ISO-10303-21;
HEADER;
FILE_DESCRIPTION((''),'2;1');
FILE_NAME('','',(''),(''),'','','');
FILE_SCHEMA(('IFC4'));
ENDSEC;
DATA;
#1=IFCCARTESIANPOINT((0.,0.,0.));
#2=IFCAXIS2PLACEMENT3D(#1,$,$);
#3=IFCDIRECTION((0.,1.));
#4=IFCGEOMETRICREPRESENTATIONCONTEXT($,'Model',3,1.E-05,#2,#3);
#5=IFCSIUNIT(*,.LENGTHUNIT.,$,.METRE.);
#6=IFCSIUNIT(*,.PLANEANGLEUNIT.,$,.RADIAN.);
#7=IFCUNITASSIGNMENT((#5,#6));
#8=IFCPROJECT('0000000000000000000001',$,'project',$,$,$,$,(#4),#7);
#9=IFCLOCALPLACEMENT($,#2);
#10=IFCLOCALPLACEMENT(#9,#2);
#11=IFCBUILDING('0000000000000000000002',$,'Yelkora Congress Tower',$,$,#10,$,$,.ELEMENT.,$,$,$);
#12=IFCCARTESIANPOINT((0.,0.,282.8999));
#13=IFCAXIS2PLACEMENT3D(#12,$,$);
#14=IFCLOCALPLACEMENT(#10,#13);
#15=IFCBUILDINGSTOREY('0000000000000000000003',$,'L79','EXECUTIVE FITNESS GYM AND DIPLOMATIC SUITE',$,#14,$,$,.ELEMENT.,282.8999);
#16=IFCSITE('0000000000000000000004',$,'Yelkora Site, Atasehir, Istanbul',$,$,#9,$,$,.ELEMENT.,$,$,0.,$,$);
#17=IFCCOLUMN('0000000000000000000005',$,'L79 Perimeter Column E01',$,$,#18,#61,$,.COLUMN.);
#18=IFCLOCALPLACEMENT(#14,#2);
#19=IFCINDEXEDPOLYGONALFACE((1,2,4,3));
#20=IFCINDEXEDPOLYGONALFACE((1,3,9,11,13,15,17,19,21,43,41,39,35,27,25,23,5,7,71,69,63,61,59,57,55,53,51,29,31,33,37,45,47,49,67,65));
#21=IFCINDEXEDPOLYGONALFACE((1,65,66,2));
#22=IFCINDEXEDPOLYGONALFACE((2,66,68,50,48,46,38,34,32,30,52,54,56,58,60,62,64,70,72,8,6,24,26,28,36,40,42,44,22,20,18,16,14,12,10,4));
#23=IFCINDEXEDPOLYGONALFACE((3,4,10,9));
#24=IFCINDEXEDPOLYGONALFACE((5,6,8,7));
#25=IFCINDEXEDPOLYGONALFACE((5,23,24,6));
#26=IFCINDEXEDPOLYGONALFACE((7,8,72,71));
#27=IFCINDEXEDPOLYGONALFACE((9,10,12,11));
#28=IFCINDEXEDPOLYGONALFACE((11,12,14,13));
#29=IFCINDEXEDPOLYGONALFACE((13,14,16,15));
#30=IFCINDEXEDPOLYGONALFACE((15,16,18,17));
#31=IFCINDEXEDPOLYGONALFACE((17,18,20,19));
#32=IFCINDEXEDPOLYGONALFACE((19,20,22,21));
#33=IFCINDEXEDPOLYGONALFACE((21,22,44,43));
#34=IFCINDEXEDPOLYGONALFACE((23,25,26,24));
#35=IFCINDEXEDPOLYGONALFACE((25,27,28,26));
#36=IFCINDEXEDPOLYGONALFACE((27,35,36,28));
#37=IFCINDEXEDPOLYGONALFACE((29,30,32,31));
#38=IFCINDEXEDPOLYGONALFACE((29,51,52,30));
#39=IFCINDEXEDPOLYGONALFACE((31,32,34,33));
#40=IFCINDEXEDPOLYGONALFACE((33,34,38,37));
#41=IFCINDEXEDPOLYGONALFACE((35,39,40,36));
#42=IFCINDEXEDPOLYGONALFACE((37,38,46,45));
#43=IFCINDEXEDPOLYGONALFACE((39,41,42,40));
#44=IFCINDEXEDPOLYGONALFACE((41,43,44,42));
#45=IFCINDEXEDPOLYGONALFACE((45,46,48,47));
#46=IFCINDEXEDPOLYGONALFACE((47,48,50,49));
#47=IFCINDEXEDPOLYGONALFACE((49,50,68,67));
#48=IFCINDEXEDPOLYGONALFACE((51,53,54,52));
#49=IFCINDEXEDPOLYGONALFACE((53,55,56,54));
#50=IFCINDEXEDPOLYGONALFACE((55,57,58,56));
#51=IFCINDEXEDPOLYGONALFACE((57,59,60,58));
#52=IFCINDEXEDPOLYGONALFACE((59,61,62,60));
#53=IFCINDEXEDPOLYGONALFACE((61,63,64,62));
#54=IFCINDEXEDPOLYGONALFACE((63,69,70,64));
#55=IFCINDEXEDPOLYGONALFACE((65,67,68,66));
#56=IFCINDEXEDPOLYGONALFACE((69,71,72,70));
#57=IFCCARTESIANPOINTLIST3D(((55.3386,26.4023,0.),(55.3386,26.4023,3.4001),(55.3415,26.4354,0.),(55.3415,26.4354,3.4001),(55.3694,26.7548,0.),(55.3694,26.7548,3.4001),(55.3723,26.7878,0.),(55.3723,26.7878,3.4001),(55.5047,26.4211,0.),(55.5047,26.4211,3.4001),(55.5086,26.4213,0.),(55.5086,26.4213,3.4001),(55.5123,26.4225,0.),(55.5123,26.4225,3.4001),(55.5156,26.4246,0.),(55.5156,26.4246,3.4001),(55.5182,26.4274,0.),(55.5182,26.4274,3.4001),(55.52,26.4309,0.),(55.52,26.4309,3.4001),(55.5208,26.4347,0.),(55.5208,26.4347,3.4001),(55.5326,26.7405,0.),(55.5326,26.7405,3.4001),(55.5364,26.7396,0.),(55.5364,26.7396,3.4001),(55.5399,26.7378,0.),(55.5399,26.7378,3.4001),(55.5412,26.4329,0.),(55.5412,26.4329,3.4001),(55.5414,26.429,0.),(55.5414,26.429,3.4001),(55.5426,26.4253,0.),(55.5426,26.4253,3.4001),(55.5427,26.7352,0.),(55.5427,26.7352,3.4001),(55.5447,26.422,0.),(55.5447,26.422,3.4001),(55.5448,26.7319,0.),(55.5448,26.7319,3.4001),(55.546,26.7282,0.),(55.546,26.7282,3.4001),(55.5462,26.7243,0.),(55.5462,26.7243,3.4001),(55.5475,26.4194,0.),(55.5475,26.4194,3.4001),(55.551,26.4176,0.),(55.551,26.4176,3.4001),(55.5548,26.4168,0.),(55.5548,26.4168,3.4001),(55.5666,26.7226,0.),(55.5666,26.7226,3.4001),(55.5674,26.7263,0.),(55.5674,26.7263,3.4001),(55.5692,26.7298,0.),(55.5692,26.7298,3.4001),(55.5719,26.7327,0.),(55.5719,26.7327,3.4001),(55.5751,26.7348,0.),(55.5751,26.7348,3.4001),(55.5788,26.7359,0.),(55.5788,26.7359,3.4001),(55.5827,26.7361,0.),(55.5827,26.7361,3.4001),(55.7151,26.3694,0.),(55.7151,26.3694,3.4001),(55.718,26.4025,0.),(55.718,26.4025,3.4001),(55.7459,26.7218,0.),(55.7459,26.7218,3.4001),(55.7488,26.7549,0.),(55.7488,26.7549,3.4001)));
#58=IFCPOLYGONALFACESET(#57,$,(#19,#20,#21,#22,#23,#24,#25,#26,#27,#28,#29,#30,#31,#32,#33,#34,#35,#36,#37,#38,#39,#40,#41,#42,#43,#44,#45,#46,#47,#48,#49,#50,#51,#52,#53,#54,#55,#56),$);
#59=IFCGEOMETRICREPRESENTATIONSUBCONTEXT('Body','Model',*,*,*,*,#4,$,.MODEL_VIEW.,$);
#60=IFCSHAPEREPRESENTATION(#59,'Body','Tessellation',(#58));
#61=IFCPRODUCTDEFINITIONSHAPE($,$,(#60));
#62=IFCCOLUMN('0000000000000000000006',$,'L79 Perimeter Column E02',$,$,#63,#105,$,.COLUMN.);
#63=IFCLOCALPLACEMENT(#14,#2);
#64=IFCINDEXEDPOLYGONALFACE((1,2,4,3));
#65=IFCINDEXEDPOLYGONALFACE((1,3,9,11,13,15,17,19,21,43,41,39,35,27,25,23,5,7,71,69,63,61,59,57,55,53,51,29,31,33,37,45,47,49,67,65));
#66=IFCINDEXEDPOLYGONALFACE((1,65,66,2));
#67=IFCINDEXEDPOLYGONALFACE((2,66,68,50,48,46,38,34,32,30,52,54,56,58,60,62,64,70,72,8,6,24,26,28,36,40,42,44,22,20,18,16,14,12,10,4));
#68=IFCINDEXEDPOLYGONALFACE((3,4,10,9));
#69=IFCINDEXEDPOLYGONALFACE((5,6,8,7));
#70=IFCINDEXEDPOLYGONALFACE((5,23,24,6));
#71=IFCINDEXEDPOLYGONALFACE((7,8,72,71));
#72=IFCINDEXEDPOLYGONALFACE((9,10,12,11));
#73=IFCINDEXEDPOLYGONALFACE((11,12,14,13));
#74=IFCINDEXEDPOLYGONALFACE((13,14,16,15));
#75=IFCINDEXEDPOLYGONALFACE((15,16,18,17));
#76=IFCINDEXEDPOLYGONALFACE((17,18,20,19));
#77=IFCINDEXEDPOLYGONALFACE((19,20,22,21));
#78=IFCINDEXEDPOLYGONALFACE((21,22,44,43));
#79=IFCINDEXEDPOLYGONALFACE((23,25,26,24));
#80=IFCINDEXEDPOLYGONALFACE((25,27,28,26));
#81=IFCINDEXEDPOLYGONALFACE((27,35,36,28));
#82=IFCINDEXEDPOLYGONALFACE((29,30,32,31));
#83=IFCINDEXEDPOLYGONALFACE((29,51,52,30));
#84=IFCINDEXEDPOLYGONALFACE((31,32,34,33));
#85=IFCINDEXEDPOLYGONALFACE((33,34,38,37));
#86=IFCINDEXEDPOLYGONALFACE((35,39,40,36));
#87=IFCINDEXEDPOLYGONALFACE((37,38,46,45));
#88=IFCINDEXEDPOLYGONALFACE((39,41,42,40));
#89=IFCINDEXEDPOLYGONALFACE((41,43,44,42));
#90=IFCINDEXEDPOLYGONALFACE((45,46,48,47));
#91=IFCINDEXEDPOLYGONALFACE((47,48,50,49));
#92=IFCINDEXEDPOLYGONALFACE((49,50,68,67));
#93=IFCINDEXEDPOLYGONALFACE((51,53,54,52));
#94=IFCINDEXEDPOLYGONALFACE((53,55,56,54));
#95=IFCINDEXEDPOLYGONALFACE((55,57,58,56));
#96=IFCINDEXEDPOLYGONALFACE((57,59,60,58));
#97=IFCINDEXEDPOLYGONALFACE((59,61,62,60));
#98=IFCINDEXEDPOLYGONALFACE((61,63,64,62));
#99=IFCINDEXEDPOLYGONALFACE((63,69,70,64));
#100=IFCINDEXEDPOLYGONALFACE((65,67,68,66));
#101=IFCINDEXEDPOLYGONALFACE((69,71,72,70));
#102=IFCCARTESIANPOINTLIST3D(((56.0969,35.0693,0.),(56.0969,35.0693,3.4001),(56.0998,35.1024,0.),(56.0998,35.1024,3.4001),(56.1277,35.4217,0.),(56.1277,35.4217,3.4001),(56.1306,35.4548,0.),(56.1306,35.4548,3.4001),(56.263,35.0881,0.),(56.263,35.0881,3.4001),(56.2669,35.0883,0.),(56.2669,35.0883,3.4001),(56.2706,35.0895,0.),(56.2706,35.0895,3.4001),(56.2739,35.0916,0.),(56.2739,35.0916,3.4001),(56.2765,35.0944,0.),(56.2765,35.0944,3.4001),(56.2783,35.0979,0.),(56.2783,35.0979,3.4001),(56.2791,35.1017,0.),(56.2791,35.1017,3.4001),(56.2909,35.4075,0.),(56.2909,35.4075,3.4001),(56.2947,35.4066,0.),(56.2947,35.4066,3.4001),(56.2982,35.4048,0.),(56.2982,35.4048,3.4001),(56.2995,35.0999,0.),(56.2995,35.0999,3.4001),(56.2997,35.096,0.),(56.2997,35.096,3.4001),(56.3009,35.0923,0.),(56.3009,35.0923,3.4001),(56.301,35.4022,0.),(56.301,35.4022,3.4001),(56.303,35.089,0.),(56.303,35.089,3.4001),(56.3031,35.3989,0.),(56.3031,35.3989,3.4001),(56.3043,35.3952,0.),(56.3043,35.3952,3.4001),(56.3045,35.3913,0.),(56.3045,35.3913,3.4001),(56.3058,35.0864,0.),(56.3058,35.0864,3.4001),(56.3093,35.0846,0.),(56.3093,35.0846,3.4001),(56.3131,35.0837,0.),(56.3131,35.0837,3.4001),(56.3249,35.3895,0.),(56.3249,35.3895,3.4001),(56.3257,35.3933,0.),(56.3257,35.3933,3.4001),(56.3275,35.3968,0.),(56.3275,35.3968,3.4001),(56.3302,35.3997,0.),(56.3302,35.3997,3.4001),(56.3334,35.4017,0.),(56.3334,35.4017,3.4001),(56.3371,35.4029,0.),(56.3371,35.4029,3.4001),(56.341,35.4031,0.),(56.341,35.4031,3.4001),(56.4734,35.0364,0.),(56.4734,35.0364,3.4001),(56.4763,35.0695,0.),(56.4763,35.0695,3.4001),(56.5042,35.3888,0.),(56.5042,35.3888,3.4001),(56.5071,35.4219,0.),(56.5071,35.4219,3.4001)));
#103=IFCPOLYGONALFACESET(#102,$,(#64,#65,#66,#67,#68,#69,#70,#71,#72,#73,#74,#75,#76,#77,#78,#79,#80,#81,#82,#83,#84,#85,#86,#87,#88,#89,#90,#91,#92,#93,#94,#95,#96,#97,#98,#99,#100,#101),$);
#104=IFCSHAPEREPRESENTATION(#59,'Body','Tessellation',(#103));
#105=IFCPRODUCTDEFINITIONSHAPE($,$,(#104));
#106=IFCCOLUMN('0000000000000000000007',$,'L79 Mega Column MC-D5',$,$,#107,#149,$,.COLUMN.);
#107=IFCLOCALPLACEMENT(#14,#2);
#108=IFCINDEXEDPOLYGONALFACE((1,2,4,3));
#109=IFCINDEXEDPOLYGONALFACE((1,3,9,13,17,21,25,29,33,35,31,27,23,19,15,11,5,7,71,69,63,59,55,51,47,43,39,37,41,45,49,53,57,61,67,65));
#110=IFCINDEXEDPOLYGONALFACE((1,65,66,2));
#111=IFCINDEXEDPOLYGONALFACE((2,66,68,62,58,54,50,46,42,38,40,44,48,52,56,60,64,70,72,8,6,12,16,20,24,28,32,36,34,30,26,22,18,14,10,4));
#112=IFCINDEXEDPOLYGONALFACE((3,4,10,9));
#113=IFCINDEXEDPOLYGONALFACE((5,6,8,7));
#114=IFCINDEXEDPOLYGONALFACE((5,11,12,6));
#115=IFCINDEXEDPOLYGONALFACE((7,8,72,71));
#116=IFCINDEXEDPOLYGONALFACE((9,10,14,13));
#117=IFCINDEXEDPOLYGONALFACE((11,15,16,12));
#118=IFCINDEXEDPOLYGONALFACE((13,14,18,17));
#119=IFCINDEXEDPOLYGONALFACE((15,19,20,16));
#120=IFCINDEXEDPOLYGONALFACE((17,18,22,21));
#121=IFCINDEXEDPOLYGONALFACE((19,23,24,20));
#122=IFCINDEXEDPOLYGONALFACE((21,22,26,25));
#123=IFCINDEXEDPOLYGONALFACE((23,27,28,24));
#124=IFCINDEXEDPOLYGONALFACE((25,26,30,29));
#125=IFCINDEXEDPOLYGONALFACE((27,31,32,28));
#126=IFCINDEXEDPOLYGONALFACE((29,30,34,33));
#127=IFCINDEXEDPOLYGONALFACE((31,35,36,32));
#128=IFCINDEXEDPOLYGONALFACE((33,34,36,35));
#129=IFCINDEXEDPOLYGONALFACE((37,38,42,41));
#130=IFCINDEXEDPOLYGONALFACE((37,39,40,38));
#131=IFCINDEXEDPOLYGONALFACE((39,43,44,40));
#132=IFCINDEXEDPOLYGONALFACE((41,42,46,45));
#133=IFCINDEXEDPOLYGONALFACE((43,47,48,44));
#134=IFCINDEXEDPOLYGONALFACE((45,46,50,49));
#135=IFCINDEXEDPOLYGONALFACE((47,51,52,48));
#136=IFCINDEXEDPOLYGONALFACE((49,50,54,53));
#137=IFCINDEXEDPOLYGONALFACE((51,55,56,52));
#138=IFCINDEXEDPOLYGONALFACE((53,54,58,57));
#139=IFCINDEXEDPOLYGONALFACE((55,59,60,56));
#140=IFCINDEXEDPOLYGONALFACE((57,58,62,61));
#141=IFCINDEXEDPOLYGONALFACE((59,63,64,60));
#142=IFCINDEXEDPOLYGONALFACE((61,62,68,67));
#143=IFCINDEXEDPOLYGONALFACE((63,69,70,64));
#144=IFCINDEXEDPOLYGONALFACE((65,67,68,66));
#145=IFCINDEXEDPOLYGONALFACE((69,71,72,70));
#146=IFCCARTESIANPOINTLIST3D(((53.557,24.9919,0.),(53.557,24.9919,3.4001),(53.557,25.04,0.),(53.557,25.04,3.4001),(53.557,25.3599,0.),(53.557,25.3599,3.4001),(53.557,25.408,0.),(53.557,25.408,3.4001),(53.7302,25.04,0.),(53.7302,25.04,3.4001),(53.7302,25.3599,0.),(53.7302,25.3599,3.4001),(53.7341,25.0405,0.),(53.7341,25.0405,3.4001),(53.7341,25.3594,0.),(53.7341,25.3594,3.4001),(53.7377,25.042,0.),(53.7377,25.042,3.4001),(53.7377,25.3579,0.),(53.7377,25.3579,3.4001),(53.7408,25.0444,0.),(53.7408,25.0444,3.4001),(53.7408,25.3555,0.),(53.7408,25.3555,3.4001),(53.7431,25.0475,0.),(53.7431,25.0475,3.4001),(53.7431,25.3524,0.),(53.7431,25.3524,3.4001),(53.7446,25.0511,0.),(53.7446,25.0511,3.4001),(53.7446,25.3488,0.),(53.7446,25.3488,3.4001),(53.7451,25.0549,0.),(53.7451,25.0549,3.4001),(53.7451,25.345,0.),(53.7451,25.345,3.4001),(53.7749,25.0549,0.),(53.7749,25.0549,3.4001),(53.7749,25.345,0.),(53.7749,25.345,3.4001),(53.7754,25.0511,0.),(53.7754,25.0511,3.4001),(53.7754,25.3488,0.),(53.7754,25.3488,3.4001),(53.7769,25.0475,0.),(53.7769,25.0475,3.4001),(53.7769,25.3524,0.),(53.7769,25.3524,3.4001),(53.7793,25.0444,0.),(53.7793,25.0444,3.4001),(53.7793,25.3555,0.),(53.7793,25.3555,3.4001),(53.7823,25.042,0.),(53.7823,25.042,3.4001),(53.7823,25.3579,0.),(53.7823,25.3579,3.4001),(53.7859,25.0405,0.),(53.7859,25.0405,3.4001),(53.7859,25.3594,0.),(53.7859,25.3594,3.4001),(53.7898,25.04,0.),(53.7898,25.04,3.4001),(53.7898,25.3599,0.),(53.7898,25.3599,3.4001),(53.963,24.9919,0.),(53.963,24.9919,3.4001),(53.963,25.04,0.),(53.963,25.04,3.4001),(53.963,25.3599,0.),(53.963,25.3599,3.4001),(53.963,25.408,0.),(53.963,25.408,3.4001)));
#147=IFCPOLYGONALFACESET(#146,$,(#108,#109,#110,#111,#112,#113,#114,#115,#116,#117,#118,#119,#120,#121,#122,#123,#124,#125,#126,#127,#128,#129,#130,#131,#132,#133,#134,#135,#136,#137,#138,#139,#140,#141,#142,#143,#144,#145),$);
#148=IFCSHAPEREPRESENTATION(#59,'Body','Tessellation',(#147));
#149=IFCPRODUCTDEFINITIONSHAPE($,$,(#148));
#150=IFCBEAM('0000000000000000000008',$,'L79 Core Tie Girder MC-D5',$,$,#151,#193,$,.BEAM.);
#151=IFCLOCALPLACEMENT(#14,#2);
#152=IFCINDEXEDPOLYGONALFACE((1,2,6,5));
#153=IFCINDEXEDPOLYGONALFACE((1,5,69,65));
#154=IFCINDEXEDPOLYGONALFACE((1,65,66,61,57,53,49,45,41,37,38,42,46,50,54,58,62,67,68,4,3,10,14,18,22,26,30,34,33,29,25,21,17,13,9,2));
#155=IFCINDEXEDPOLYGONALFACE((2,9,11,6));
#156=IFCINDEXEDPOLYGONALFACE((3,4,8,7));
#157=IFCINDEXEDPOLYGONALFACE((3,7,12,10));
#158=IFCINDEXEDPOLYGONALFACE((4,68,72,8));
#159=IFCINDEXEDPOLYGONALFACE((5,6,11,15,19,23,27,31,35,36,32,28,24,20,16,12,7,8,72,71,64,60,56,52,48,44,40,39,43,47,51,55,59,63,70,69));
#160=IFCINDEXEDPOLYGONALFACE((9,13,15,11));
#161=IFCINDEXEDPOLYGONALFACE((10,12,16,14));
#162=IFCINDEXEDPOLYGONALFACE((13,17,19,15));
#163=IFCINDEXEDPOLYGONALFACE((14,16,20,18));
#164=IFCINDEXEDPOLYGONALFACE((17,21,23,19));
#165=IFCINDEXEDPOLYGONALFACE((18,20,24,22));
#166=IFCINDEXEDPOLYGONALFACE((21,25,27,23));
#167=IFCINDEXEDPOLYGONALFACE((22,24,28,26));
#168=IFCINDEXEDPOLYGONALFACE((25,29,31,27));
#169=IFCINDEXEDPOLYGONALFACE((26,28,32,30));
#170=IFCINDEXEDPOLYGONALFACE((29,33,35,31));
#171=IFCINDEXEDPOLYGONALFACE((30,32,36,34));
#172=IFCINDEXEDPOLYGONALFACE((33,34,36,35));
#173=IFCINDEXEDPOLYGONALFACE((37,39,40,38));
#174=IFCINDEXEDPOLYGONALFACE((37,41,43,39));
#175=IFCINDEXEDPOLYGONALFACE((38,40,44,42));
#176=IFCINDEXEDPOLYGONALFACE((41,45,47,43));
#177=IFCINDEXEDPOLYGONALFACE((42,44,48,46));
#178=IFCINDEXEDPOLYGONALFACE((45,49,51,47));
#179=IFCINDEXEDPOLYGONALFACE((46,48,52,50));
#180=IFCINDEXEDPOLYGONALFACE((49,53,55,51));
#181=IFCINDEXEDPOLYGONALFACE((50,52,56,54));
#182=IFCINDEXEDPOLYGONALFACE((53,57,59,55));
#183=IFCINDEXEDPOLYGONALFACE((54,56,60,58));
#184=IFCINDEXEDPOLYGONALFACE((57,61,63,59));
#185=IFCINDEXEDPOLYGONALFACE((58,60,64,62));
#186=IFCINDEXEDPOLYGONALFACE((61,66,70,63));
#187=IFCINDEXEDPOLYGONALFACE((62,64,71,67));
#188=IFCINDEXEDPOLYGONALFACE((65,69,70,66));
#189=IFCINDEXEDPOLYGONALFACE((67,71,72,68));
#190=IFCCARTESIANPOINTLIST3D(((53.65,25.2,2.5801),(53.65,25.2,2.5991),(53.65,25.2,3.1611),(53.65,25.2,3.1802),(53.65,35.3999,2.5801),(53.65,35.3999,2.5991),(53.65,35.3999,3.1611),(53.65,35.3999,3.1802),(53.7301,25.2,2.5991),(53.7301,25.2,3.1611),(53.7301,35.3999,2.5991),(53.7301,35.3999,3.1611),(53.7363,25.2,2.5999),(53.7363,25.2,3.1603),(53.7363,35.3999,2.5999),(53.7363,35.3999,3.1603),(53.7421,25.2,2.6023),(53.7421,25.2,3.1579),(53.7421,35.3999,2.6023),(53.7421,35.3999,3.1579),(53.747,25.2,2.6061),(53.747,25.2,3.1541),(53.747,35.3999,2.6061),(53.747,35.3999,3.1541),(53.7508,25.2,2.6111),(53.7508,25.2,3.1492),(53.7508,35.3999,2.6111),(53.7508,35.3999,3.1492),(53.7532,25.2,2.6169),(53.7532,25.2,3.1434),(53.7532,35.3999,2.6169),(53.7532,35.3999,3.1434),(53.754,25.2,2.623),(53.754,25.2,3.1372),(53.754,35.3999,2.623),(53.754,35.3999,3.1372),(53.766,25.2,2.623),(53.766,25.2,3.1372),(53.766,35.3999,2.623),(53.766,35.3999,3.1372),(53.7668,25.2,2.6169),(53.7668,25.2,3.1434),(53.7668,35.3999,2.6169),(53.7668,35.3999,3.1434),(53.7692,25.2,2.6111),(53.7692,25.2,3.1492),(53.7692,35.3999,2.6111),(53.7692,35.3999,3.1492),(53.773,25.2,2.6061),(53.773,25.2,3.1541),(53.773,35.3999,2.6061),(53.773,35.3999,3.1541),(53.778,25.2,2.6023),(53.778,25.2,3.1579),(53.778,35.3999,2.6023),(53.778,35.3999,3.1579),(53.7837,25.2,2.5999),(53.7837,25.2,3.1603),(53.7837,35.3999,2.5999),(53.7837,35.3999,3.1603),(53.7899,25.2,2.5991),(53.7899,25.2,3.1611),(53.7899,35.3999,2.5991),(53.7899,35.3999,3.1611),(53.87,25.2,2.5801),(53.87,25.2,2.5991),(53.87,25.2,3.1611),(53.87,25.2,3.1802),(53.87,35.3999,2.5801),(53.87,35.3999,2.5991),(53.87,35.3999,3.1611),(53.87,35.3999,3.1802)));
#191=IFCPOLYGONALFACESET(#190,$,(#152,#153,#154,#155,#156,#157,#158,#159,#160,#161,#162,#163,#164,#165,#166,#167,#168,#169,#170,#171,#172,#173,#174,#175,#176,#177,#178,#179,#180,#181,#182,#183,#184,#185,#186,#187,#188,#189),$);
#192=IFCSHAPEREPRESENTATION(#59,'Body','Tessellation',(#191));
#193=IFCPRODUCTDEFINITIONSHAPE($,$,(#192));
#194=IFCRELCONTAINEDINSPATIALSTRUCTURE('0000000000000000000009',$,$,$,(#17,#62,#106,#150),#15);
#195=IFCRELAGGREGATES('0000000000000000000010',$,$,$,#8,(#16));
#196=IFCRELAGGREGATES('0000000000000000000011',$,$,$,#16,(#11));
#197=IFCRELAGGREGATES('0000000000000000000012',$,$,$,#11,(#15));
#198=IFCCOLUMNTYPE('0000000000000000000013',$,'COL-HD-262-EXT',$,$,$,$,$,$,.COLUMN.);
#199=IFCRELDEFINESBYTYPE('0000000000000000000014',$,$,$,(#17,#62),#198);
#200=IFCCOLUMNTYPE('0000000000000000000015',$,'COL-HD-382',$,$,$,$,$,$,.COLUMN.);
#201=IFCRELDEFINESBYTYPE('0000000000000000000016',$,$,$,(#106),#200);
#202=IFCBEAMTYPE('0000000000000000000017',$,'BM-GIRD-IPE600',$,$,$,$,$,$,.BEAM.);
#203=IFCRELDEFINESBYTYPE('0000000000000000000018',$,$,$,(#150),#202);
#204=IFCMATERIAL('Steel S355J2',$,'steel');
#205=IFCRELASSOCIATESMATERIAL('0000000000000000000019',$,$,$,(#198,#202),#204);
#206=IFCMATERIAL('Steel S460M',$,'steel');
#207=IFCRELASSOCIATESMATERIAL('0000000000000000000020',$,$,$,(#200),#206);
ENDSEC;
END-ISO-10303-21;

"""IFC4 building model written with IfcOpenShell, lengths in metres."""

from ifc_helpers import new_model, si_unit, direction, frame, origin, origin_2d, place, context, subcontext, project, spatial, i_section, extrude, material, material_profile, profile_set, type_object, element, save


model = new_model("IFC4")

# Units and contexts
model_context = context("Model", 3, precision=1e-05, world=origin(), true_north=direction((0.0, 1.0)))
body_context = subcontext(model_context, "Body", "Model", "MODEL_VIEW")
ifc_project = project(units=[si_unit("LENGTHUNIT", "METRE"), si_unit("PLANEANGLEUNIT", "RADIAN")], contexts=[model_context])

# Site, building, storey
site_placement = place(None, origin())
site = spatial("IfcSite", under=ifc_project, at=site_placement, Name="Yelkora Site, Atasehir, Istanbul", CompositionType="ELEMENT", RefElevation=0.0)
building_placement = place(site_placement, origin())
building = spatial("IfcBuilding", under=site, at=building_placement, Name="Yelkora Congress Tower", CompositionType="ELEMENT")
storey_placement = place(building_placement, frame((0.0, 0.0, 282.8999)))
storey = spatial("IfcBuildingStorey", under=building, at=storey_placement, Name="L79", Description="EXECUTIVE FITNESS GYM AND DIPLOMATIC SUITE", CompositionType="ELEMENT", Elevation=282.8999)

# Columns
ifc_material_1 = material(Name="Steel S355J2", Category="steel")
ifc_material_profile_1 = material_profile(ifc_material_1, i_section(OverallWidth=0.3779, OverallDepth=0.387, WebThickness=0.0205, FlangeThickness=0.0332, FilletRadius=0.0149, at=origin_2d()), Name="HD 360x262")
ifc_profile_set_1 = profile_set([ifc_material_profile_1], Name="Steel S355J2")
column_type_1 = type_object("IfcColumnType", Name="COL-HD-262-EXT", PredefinedType="COLUMN", material=ifc_profile_set_1)
for number, where, z_axis, x_axis, name in (
    (1, (55.5437, 26.5786, 0.0), (0.0, 0.0, 1.0), (0.996195, -0.087156, 0.0), "L79 Perimeter Column E01"),
    (2, (56.302, 35.2456, 0.0), (0.0, 0.0, 1.0), (0.996195, -0.087156, 0.0), "L79 Perimeter Column E02"),
):
    element("IfcColumn", number, at=place(storey_placement, frame(where, z_axis=z_axis, x_axis=x_axis)), inside=storey, type_object=column_type_1, Name=name, PredefinedType="COLUMN", context=body_context, shape_type="SweptSolid", body=[
        extrude(i_section(OverallWidth=0.3779, OverallDepth=0.387, WebThickness=0.0205, FlangeThickness=0.0332, FilletRadius=0.0149, at=origin_2d()), origin(), (0.0, 0.0, 1.0), 3.4001),
    ])
ifc_material_2 = material(Name="Steel S460M", Category="steel")
ifc_material_profile_2 = material_profile(ifc_material_2, i_section(OverallWidth=0.406, OverallDepth=0.416, WebThickness=0.0298, FlangeThickness=0.0481, FilletRadius=0.0149, at=origin_2d()), Name="HD 400x382")
ifc_profile_set_2 = profile_set([ifc_material_profile_2], Name="Steel S460M")
column_type_2 = type_object("IfcColumnType", Name="COL-HD-382", PredefinedType="COLUMN", material=ifc_profile_set_2)
column_placement = place(storey_placement, frame((53.76, 25.2, 0.0), z_axis=(0.0, 0.0, 1.0), x_axis=(1.0, 0.0, 0.0)))
element("IfcColumn", 3, at=column_placement, inside=storey, type_object=column_type_2, Name="L79 Mega Column MC-D5", PredefinedType="COLUMN", context=body_context, shape_type="SweptSolid", body=[
    extrude(i_section(OverallWidth=0.406, OverallDepth=0.416, WebThickness=0.0298, FlangeThickness=0.0481, FilletRadius=0.0149, at=origin_2d()), origin(), (0.0, 0.0, 1.0), 3.4001),
])

# Beam
ifc_material_profile_3 = material_profile(ifc_material_1, i_section(OverallWidth=0.22, OverallDepth=0.6001, WebThickness=0.012, FlangeThickness=0.019, FilletRadius=0.0239, at=origin_2d()), Name="IPE 600")
ifc_profile_set_3 = profile_set([ifc_material_profile_3], Name="Steel S355J2")
beam_type_1 = type_object("IfcBeamType", Name="BM-GIRD-IPE600", PredefinedType="BEAM", material=ifc_profile_set_3)
beam_1_placement = place(storey_placement, frame((53.76, 25.2, 2.8801), z_axis=(0.0, 1.0, 0.0), x_axis=(-1.0, 0.0, 0.0)))
element("IfcBeam", 4, at=beam_1_placement, inside=storey, type_object=beam_type_1, Name="L79 Core Tie Girder MC-D5", PredefinedType="BEAM", context=body_context, shape_type="SweptSolid", body=[
    extrude(i_section(OverallWidth=0.22, OverallDepth=0.6001, WebThickness=0.012, FlangeThickness=0.019, FilletRadius=0.0239, at=origin_2d()), origin(), (0.0, 0.0, 1.0), 10.2),
])

save(model, "model.ifc")
